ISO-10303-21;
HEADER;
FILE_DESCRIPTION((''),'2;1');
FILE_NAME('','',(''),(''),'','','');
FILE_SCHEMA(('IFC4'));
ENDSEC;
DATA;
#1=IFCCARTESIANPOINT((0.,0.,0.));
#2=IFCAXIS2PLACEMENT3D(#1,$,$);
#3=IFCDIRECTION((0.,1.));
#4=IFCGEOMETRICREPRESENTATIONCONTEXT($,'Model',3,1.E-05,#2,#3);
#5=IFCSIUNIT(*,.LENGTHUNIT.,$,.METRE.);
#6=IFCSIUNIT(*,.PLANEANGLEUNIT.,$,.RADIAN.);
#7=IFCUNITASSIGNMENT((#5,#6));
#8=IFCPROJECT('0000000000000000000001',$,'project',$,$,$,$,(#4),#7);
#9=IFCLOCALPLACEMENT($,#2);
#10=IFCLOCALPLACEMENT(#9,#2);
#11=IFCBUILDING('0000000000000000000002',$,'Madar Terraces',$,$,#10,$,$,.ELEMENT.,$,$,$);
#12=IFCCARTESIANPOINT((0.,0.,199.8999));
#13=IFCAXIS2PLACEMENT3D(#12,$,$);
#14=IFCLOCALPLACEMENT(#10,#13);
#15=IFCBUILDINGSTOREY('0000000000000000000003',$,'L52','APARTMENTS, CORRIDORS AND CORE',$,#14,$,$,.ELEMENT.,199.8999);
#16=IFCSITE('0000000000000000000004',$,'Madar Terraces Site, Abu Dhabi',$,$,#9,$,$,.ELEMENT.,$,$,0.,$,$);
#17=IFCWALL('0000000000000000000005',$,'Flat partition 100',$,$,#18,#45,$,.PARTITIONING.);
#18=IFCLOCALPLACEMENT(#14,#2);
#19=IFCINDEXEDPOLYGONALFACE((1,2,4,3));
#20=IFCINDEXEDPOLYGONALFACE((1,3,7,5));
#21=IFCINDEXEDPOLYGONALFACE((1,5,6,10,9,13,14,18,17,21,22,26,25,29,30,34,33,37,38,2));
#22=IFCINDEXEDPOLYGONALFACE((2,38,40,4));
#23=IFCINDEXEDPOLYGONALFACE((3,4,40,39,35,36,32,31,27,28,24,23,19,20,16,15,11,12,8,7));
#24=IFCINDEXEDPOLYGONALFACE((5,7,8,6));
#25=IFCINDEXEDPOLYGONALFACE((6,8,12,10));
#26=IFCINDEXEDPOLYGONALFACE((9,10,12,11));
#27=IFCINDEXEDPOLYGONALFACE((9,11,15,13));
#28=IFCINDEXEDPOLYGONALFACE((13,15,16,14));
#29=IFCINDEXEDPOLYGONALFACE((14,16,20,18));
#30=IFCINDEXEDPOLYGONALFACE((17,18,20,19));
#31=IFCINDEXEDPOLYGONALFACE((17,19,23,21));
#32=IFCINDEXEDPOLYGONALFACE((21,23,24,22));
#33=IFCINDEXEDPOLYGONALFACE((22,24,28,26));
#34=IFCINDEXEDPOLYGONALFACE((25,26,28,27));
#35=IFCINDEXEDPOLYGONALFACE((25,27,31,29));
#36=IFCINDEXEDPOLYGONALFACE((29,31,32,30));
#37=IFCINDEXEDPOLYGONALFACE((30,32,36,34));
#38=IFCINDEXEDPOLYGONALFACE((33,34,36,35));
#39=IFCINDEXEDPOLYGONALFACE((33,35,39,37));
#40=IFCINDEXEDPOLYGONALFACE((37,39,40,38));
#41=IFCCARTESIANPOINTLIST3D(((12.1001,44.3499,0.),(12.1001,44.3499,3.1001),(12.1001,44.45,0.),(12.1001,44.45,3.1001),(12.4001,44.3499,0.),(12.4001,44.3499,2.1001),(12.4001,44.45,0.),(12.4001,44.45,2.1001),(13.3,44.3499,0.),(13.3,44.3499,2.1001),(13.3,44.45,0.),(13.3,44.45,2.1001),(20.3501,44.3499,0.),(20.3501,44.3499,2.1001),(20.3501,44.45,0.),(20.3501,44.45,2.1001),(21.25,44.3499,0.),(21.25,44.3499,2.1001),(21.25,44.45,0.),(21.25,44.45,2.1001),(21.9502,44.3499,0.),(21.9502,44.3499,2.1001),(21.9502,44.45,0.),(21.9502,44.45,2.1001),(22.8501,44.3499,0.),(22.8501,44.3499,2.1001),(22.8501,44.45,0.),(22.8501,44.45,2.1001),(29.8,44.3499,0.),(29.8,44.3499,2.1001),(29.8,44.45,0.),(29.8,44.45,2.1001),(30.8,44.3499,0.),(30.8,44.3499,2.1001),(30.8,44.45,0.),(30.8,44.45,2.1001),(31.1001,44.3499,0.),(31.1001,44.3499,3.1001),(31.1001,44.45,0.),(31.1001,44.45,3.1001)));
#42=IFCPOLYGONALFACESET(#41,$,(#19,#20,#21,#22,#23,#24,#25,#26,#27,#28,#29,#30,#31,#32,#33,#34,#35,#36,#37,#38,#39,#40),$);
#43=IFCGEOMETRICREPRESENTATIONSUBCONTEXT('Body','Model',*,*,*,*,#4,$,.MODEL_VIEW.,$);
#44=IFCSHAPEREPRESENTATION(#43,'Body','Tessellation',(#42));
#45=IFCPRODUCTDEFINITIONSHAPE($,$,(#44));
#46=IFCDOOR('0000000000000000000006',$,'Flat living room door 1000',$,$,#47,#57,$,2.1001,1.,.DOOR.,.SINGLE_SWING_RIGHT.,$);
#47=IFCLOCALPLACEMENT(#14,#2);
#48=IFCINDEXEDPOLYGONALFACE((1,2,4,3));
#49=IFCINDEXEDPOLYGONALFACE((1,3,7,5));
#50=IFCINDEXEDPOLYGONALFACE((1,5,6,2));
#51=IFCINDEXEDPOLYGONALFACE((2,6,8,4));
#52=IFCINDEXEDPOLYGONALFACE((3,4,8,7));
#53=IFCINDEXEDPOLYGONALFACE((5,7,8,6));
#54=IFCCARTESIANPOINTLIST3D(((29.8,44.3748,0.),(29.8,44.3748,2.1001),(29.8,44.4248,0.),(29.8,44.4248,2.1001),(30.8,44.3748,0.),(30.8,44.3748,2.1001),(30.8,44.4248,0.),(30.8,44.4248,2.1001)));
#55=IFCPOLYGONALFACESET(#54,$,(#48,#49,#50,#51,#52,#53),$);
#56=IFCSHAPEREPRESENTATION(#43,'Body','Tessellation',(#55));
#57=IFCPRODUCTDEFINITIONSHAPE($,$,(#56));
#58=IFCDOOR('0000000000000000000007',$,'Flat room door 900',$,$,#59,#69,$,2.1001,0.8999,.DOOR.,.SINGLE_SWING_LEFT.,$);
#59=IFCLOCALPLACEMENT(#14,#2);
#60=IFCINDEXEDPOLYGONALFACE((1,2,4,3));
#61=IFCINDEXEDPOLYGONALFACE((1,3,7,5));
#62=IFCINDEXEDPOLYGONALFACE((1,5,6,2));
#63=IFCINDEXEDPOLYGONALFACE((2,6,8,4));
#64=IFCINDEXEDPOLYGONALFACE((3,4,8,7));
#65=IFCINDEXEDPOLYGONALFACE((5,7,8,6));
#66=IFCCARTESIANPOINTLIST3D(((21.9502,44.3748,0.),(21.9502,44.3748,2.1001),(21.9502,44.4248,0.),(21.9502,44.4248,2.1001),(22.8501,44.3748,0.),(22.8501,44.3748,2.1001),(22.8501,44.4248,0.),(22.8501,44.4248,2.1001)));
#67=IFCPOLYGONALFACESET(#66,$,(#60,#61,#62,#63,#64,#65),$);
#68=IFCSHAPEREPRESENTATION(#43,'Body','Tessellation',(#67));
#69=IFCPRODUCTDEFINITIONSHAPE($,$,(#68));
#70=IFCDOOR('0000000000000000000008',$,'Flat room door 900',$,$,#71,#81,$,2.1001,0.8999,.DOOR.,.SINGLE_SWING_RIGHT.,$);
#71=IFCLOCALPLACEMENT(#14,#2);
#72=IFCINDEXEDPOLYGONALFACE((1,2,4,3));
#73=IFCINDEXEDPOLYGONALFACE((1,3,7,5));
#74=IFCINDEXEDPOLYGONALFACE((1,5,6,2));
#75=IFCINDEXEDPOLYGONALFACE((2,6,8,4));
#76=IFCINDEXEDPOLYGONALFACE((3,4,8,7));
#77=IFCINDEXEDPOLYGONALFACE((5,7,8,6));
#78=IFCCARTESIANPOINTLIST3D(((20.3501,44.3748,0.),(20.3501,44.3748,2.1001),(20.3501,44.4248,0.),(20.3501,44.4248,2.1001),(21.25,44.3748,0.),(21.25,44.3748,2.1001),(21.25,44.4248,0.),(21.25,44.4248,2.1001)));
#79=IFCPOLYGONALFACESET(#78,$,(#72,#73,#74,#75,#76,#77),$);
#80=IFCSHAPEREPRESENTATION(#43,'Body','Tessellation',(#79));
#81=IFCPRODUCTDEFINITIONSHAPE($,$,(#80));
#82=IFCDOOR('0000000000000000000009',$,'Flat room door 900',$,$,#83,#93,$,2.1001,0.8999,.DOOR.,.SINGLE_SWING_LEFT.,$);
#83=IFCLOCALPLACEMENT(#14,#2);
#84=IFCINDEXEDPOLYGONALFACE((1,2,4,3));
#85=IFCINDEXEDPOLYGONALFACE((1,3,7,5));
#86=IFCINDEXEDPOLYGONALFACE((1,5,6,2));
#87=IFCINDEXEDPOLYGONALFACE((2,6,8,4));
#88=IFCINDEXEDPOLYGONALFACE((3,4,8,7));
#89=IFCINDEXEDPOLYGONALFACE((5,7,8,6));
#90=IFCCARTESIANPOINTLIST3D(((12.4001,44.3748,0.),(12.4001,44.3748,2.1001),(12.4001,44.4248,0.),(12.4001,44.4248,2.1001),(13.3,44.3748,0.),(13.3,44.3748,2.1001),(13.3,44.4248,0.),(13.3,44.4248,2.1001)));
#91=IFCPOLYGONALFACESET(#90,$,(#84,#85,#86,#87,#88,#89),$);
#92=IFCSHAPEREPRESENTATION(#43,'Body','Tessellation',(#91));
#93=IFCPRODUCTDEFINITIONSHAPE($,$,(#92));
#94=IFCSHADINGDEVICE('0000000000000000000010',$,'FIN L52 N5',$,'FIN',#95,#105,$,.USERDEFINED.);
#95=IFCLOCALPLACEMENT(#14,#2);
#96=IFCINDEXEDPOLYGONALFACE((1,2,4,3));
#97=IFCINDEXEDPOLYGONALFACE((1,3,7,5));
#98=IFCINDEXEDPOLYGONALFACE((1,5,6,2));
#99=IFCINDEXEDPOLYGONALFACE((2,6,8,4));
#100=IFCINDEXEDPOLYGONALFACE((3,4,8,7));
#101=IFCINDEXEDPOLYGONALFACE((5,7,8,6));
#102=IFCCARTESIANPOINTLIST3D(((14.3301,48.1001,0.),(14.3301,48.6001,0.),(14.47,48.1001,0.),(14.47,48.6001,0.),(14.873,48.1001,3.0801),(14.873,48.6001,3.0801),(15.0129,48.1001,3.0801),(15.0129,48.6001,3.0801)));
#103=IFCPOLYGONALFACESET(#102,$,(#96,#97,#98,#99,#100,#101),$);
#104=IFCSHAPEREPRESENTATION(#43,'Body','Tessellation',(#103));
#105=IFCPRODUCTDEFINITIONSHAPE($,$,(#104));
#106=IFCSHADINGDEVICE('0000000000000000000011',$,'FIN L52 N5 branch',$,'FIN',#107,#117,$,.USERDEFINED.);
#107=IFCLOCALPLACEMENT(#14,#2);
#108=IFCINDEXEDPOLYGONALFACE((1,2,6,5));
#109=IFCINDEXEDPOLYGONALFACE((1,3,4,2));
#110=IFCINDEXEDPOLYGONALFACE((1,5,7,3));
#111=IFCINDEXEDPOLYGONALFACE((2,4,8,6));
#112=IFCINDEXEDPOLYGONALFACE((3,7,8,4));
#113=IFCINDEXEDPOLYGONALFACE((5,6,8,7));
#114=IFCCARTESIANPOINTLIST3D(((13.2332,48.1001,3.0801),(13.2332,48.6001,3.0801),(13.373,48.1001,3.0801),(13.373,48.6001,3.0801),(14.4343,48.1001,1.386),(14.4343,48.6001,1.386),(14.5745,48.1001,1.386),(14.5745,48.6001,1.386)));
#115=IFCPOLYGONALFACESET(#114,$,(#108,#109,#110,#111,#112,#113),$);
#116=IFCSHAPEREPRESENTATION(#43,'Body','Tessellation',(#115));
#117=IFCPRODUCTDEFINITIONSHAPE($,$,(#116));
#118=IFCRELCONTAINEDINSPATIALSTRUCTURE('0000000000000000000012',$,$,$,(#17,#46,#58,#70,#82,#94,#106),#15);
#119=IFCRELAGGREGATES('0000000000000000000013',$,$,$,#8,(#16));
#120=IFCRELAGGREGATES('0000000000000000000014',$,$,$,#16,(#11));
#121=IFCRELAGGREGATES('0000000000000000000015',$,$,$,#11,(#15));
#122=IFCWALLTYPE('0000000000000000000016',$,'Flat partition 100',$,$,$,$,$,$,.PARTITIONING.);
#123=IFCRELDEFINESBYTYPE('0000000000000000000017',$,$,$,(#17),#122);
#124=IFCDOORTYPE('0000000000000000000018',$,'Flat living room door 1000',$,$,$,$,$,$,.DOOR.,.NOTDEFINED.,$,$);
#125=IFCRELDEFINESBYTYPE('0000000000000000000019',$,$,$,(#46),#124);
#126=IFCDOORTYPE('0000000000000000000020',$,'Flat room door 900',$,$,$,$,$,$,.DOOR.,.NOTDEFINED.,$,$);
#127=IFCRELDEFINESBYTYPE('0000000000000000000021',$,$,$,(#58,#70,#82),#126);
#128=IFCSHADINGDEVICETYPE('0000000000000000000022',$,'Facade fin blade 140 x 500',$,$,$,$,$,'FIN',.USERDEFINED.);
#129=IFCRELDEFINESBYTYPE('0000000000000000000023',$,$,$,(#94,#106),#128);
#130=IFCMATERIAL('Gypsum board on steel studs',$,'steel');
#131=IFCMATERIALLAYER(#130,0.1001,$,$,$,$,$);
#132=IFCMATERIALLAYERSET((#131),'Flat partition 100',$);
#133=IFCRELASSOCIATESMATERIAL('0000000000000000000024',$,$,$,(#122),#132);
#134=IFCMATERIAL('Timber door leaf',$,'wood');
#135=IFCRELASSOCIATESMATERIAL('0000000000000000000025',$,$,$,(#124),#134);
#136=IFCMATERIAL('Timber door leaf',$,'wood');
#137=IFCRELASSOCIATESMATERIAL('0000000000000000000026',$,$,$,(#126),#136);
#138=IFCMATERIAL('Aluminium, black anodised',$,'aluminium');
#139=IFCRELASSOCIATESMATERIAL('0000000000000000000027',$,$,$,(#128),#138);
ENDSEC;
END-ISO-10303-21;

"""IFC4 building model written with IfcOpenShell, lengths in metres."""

from ifc_helpers import new_model, si_unit, direction, frame, frame_2d, origin, place, context, subcontext, project, spatial, polyline, rectangle, outline, extrude, material, layer, layer_set, type_object, element, fill, save


model = new_model("IFC4")

# Units and contexts
model_context = context("Model", 3, precision=1e-05, world=origin(), true_north=direction((0.0, 1.0)))
body_context = subcontext(model_context, "Body", "Model", "MODEL_VIEW")
ifc_project = project(units=[si_unit("LENGTHUNIT", "METRE"), si_unit("PLANEANGLEUNIT", "RADIAN")], contexts=[model_context])

# Site, building, storey
site_placement = place(None, origin())
site = spatial("IfcSite", under=ifc_project, at=site_placement, Name="Madar Terraces Site, Abu Dhabi", CompositionType="ELEMENT", RefElevation=0.0)
building_placement = place(site_placement, origin())
building = spatial("IfcBuilding", under=site, at=building_placement, Name="Madar Terraces", CompositionType="ELEMENT")
storey_placement = place(building_placement, frame((0.0, 0.0, 199.8999)))
storey = spatial("IfcBuildingStorey", under=building, at=storey_placement, Name="L52", Description="APARTMENTS, CORRIDORS AND CORE", CompositionType="ELEMENT", Elevation=199.8999)

# Shared definitions
ifc_material_1 = material(Name="Gypsum board on steel studs", Category="steel")
ifc_layer_1 = layer(ifc_material_1, 0.1001)
ifc_layer_set_1 = layer_set([ifc_layer_1], Name="Flat partition 100")
wall_type_1 = type_object("IfcWallType", Name="Flat partition 100", PredefinedType="PARTITIONING", material=ifc_layer_set_1)

# Wall, openings, doors
wall_1_placement = place(storey_placement, frame((12.1001, 44.3999, 0.0), z_axis=(0.0, 0.0, 1.0), x_axis=(1.0, 0.0, 0.0)))
wall_1 = element("IfcWall", 1, at=wall_1_placement, inside=storey, type_object=wall_type_1, Name="Flat partition 100", PredefinedType="PARTITIONING", context=body_context, shape_type="SweptSolid", body=[
    extrude(rectangle(XDim=19.0, YDim=0.1001, at=frame_2d((9.5, 0.0))), origin(), (0.0, 0.0, 1.0), 3.1001),
])
opening_1_placement = place(wall_1_placement, frame((17.7, 0.0, 0.0)))
opening_1 = element("IfcOpeningElement", 2, at=opening_1_placement, cuts=wall_1, PredefinedType="OPENING", context=body_context, shape_type="SweptSolid", body=[
    extrude(rectangle(XDim=1.0, YDim=2.1001, at=frame_2d((0.5, 1.05))), frame((0.0, 0.0601, 0.0), z_axis=(0.0, -1.0, 0.0), x_axis=(1.0, 0.0, 0.0)), (0.0, 0.0, 1.0), 0.1201),
])
opening_2_placement = place(wall_1_placement, frame((9.8501, 0.0, 0.0)))
opening_2 = element("IfcOpeningElement", 3, at=opening_2_placement, cuts=wall_1, PredefinedType="OPENING", context=body_context, shape_type="SweptSolid", body=[
    extrude(rectangle(XDim=0.8999, YDim=2.1001, at=frame_2d((0.45, 1.05))), frame((0.0, 0.0601, 0.0), z_axis=(0.0, -1.0, 0.0), x_axis=(1.0, 0.0, 0.0)), (0.0, 0.0, 1.0), 0.1201),
])
opening_3_placement = place(wall_1_placement, frame((8.25, 0.0, 0.0)))
opening_3 = element("IfcOpeningElement", 4, at=opening_3_placement, cuts=wall_1, PredefinedType="OPENING", context=body_context, shape_type="SweptSolid", body=[
    extrude(rectangle(XDim=0.8999, YDim=2.1001, at=frame_2d((0.45, 1.05))), frame((0.0, 0.0601, 0.0), z_axis=(0.0, -1.0, 0.0), x_axis=(1.0, 0.0, 0.0)), (0.0, 0.0, 1.0), 0.1201),
])
opening_4_placement = place(wall_1_placement, frame((0.3, 0.0, 0.0)))
opening_4 = element("IfcOpeningElement", 5, at=opening_4_placement, cuts=wall_1, PredefinedType="OPENING", context=body_context, shape_type="SweptSolid", body=[
    extrude(rectangle(XDim=0.8999, YDim=2.1001, at=frame_2d((0.45, 1.05))), frame((0.0, 0.0601, 0.0), z_axis=(0.0, -1.0, 0.0), x_axis=(1.0, 0.0, 0.0)), (0.0, 0.0, 1.0), 0.1201),
])
ifc_material_2 = material(Name="Timber door leaf", Category="wood")
door_type_1 = type_object("IfcDoorType", Name="Flat living room door 1000", OperationType="NOTDEFINED", PredefinedType="DOOR", material=ifc_material_2)
door_1_placement = place(opening_1_placement, origin())
door_1 = element("IfcDoor", 6, at=door_1_placement, inside=storey, type_object=door_type_1, Name="Flat living room door 1000", OperationType="SINGLE_SWING_RIGHT", OverallHeight=2.1001, OverallWidth=1.0, PredefinedType="DOOR", context=body_context, shape_type="SweptSolid", body=[
    extrude(rectangle(XDim=1.0, YDim=2.1001, at=frame_2d((0.5, 1.05))), frame((0.0, 0.0249, 0.0), z_axis=(0.0, -1.0, 0.0), x_axis=(1.0, 0.0, 0.0)), (0.0, 0.0, 1.0), 0.05),
])
fill(opening_1, door_1)
ifc_material_3 = material(Name="Timber door leaf", Category="wood")
door_type_2 = type_object("IfcDoorType", Name="Flat room door 900", OperationType="NOTDEFINED", PredefinedType="DOOR", material=ifc_material_3)
door_2_placement = place(opening_2_placement, origin())
door_2 = element("IfcDoor", 7, at=door_2_placement, inside=storey, type_object=door_type_2, Name="Flat room door 900", OperationType="SINGLE_SWING_LEFT", OverallHeight=2.1001, OverallWidth=0.8999, PredefinedType="DOOR", context=body_context, shape_type="SweptSolid", body=[
    extrude(rectangle(XDim=0.8999, YDim=2.1001, at=frame_2d((0.45, 1.05))), frame((0.0, 0.0249, 0.0), z_axis=(0.0, -1.0, 0.0), x_axis=(1.0, 0.0, 0.0)), (0.0, 0.0, 1.0), 0.05),
])
fill(opening_2, door_2)
door_3_placement = place(opening_3_placement, origin())
door_3 = element("IfcDoor", 8, at=door_3_placement, inside=storey, type_object=door_type_2, Name="Flat room door 900", OperationType="SINGLE_SWING_RIGHT", OverallHeight=2.1001, OverallWidth=0.8999, PredefinedType="DOOR", context=body_context, shape_type="SweptSolid", body=[
    extrude(rectangle(XDim=0.8999, YDim=2.1001, at=frame_2d((0.45, 1.05))), frame((0.0, 0.0249, 0.0), z_axis=(0.0, -1.0, 0.0), x_axis=(1.0, 0.0, 0.0)), (0.0, 0.0, 1.0), 0.05),
])
fill(opening_3, door_3)
door_4_placement = place(opening_4_placement, origin())
door_4 = element("IfcDoor", 9, at=door_4_placement, inside=storey, type_object=door_type_2, Name="Flat room door 900", OperationType="SINGLE_SWING_LEFT", OverallHeight=2.1001, OverallWidth=0.8999, PredefinedType="DOOR", context=body_context, shape_type="SweptSolid", body=[
    extrude(rectangle(XDim=0.8999, YDim=2.1001, at=frame_2d((0.45, 1.05))), frame((0.0, 0.0249, 0.0), z_axis=(0.0, -1.0, 0.0), x_axis=(1.0, 0.0, 0.0)), (0.0, 0.0, 1.0), 0.05),
])
fill(opening_4, door_4)

# Shading devices
ifc_material_4 = material(Name="Aluminium, black anodised", Category="aluminium")
shading_device_type = type_object("IfcShadingDeviceType", Name="Facade fin blade 140 x 500", ElementType="FIN", PredefinedType="USERDEFINED", material=ifc_material_4)
shading_device_1_placement = place(storey_placement, frame((14.47, 48.3501, 0.0), z_axis=(0.0, 0.0, 1.0), x_axis=(-1.0, 0.0, 0.0)))
element("IfcShadingDevice", 10, at=shading_device_1_placement, inside=storey, type_object=shading_device_type, Name="FIN L52 N5", ObjectType="FIN", PredefinedType="USERDEFINED", context=body_context, shape_type="SweptSolid", body=[
    extrude(outline(polyline([(0.0, 0.0), (0.1399, 0.0), (-0.4031, 3.0801), (-0.543, 3.0801), (0.0, 0.0)])), frame((0.0, 0.25, 0.0), z_axis=(0.0, -1.0, 0.0), x_axis=(1.0, 0.0, 0.0)), (0.0, 0.0, 1.0), 0.5),
])
shading_device_2_placement = place(storey_placement, frame((14.5745, 48.3501, 1.386), z_axis=(0.0, 0.0, 1.0), x_axis=(-1.0, 0.0, 0.0)))
element("IfcShadingDevice", 11, at=shading_device_2_placement, inside=storey, type_object=shading_device_type, Name="FIN L52 N5 branch", ObjectType="FIN", PredefinedType="USERDEFINED", context=body_context, shape_type="SweptSolid", body=[
    extrude(outline(polyline([(0.0, 0.0), (0.1401, 0.0), (1.3413, 1.6941), (1.2014, 1.6941), (0.0, 0.0)])), frame((0.0, 0.25, 0.0), z_axis=(0.0, -1.0, 0.0), x_axis=(1.0, 0.0, 0.0)), (0.0, 0.0, 1.0), 0.5),
])

save(model, "model.ifc")
